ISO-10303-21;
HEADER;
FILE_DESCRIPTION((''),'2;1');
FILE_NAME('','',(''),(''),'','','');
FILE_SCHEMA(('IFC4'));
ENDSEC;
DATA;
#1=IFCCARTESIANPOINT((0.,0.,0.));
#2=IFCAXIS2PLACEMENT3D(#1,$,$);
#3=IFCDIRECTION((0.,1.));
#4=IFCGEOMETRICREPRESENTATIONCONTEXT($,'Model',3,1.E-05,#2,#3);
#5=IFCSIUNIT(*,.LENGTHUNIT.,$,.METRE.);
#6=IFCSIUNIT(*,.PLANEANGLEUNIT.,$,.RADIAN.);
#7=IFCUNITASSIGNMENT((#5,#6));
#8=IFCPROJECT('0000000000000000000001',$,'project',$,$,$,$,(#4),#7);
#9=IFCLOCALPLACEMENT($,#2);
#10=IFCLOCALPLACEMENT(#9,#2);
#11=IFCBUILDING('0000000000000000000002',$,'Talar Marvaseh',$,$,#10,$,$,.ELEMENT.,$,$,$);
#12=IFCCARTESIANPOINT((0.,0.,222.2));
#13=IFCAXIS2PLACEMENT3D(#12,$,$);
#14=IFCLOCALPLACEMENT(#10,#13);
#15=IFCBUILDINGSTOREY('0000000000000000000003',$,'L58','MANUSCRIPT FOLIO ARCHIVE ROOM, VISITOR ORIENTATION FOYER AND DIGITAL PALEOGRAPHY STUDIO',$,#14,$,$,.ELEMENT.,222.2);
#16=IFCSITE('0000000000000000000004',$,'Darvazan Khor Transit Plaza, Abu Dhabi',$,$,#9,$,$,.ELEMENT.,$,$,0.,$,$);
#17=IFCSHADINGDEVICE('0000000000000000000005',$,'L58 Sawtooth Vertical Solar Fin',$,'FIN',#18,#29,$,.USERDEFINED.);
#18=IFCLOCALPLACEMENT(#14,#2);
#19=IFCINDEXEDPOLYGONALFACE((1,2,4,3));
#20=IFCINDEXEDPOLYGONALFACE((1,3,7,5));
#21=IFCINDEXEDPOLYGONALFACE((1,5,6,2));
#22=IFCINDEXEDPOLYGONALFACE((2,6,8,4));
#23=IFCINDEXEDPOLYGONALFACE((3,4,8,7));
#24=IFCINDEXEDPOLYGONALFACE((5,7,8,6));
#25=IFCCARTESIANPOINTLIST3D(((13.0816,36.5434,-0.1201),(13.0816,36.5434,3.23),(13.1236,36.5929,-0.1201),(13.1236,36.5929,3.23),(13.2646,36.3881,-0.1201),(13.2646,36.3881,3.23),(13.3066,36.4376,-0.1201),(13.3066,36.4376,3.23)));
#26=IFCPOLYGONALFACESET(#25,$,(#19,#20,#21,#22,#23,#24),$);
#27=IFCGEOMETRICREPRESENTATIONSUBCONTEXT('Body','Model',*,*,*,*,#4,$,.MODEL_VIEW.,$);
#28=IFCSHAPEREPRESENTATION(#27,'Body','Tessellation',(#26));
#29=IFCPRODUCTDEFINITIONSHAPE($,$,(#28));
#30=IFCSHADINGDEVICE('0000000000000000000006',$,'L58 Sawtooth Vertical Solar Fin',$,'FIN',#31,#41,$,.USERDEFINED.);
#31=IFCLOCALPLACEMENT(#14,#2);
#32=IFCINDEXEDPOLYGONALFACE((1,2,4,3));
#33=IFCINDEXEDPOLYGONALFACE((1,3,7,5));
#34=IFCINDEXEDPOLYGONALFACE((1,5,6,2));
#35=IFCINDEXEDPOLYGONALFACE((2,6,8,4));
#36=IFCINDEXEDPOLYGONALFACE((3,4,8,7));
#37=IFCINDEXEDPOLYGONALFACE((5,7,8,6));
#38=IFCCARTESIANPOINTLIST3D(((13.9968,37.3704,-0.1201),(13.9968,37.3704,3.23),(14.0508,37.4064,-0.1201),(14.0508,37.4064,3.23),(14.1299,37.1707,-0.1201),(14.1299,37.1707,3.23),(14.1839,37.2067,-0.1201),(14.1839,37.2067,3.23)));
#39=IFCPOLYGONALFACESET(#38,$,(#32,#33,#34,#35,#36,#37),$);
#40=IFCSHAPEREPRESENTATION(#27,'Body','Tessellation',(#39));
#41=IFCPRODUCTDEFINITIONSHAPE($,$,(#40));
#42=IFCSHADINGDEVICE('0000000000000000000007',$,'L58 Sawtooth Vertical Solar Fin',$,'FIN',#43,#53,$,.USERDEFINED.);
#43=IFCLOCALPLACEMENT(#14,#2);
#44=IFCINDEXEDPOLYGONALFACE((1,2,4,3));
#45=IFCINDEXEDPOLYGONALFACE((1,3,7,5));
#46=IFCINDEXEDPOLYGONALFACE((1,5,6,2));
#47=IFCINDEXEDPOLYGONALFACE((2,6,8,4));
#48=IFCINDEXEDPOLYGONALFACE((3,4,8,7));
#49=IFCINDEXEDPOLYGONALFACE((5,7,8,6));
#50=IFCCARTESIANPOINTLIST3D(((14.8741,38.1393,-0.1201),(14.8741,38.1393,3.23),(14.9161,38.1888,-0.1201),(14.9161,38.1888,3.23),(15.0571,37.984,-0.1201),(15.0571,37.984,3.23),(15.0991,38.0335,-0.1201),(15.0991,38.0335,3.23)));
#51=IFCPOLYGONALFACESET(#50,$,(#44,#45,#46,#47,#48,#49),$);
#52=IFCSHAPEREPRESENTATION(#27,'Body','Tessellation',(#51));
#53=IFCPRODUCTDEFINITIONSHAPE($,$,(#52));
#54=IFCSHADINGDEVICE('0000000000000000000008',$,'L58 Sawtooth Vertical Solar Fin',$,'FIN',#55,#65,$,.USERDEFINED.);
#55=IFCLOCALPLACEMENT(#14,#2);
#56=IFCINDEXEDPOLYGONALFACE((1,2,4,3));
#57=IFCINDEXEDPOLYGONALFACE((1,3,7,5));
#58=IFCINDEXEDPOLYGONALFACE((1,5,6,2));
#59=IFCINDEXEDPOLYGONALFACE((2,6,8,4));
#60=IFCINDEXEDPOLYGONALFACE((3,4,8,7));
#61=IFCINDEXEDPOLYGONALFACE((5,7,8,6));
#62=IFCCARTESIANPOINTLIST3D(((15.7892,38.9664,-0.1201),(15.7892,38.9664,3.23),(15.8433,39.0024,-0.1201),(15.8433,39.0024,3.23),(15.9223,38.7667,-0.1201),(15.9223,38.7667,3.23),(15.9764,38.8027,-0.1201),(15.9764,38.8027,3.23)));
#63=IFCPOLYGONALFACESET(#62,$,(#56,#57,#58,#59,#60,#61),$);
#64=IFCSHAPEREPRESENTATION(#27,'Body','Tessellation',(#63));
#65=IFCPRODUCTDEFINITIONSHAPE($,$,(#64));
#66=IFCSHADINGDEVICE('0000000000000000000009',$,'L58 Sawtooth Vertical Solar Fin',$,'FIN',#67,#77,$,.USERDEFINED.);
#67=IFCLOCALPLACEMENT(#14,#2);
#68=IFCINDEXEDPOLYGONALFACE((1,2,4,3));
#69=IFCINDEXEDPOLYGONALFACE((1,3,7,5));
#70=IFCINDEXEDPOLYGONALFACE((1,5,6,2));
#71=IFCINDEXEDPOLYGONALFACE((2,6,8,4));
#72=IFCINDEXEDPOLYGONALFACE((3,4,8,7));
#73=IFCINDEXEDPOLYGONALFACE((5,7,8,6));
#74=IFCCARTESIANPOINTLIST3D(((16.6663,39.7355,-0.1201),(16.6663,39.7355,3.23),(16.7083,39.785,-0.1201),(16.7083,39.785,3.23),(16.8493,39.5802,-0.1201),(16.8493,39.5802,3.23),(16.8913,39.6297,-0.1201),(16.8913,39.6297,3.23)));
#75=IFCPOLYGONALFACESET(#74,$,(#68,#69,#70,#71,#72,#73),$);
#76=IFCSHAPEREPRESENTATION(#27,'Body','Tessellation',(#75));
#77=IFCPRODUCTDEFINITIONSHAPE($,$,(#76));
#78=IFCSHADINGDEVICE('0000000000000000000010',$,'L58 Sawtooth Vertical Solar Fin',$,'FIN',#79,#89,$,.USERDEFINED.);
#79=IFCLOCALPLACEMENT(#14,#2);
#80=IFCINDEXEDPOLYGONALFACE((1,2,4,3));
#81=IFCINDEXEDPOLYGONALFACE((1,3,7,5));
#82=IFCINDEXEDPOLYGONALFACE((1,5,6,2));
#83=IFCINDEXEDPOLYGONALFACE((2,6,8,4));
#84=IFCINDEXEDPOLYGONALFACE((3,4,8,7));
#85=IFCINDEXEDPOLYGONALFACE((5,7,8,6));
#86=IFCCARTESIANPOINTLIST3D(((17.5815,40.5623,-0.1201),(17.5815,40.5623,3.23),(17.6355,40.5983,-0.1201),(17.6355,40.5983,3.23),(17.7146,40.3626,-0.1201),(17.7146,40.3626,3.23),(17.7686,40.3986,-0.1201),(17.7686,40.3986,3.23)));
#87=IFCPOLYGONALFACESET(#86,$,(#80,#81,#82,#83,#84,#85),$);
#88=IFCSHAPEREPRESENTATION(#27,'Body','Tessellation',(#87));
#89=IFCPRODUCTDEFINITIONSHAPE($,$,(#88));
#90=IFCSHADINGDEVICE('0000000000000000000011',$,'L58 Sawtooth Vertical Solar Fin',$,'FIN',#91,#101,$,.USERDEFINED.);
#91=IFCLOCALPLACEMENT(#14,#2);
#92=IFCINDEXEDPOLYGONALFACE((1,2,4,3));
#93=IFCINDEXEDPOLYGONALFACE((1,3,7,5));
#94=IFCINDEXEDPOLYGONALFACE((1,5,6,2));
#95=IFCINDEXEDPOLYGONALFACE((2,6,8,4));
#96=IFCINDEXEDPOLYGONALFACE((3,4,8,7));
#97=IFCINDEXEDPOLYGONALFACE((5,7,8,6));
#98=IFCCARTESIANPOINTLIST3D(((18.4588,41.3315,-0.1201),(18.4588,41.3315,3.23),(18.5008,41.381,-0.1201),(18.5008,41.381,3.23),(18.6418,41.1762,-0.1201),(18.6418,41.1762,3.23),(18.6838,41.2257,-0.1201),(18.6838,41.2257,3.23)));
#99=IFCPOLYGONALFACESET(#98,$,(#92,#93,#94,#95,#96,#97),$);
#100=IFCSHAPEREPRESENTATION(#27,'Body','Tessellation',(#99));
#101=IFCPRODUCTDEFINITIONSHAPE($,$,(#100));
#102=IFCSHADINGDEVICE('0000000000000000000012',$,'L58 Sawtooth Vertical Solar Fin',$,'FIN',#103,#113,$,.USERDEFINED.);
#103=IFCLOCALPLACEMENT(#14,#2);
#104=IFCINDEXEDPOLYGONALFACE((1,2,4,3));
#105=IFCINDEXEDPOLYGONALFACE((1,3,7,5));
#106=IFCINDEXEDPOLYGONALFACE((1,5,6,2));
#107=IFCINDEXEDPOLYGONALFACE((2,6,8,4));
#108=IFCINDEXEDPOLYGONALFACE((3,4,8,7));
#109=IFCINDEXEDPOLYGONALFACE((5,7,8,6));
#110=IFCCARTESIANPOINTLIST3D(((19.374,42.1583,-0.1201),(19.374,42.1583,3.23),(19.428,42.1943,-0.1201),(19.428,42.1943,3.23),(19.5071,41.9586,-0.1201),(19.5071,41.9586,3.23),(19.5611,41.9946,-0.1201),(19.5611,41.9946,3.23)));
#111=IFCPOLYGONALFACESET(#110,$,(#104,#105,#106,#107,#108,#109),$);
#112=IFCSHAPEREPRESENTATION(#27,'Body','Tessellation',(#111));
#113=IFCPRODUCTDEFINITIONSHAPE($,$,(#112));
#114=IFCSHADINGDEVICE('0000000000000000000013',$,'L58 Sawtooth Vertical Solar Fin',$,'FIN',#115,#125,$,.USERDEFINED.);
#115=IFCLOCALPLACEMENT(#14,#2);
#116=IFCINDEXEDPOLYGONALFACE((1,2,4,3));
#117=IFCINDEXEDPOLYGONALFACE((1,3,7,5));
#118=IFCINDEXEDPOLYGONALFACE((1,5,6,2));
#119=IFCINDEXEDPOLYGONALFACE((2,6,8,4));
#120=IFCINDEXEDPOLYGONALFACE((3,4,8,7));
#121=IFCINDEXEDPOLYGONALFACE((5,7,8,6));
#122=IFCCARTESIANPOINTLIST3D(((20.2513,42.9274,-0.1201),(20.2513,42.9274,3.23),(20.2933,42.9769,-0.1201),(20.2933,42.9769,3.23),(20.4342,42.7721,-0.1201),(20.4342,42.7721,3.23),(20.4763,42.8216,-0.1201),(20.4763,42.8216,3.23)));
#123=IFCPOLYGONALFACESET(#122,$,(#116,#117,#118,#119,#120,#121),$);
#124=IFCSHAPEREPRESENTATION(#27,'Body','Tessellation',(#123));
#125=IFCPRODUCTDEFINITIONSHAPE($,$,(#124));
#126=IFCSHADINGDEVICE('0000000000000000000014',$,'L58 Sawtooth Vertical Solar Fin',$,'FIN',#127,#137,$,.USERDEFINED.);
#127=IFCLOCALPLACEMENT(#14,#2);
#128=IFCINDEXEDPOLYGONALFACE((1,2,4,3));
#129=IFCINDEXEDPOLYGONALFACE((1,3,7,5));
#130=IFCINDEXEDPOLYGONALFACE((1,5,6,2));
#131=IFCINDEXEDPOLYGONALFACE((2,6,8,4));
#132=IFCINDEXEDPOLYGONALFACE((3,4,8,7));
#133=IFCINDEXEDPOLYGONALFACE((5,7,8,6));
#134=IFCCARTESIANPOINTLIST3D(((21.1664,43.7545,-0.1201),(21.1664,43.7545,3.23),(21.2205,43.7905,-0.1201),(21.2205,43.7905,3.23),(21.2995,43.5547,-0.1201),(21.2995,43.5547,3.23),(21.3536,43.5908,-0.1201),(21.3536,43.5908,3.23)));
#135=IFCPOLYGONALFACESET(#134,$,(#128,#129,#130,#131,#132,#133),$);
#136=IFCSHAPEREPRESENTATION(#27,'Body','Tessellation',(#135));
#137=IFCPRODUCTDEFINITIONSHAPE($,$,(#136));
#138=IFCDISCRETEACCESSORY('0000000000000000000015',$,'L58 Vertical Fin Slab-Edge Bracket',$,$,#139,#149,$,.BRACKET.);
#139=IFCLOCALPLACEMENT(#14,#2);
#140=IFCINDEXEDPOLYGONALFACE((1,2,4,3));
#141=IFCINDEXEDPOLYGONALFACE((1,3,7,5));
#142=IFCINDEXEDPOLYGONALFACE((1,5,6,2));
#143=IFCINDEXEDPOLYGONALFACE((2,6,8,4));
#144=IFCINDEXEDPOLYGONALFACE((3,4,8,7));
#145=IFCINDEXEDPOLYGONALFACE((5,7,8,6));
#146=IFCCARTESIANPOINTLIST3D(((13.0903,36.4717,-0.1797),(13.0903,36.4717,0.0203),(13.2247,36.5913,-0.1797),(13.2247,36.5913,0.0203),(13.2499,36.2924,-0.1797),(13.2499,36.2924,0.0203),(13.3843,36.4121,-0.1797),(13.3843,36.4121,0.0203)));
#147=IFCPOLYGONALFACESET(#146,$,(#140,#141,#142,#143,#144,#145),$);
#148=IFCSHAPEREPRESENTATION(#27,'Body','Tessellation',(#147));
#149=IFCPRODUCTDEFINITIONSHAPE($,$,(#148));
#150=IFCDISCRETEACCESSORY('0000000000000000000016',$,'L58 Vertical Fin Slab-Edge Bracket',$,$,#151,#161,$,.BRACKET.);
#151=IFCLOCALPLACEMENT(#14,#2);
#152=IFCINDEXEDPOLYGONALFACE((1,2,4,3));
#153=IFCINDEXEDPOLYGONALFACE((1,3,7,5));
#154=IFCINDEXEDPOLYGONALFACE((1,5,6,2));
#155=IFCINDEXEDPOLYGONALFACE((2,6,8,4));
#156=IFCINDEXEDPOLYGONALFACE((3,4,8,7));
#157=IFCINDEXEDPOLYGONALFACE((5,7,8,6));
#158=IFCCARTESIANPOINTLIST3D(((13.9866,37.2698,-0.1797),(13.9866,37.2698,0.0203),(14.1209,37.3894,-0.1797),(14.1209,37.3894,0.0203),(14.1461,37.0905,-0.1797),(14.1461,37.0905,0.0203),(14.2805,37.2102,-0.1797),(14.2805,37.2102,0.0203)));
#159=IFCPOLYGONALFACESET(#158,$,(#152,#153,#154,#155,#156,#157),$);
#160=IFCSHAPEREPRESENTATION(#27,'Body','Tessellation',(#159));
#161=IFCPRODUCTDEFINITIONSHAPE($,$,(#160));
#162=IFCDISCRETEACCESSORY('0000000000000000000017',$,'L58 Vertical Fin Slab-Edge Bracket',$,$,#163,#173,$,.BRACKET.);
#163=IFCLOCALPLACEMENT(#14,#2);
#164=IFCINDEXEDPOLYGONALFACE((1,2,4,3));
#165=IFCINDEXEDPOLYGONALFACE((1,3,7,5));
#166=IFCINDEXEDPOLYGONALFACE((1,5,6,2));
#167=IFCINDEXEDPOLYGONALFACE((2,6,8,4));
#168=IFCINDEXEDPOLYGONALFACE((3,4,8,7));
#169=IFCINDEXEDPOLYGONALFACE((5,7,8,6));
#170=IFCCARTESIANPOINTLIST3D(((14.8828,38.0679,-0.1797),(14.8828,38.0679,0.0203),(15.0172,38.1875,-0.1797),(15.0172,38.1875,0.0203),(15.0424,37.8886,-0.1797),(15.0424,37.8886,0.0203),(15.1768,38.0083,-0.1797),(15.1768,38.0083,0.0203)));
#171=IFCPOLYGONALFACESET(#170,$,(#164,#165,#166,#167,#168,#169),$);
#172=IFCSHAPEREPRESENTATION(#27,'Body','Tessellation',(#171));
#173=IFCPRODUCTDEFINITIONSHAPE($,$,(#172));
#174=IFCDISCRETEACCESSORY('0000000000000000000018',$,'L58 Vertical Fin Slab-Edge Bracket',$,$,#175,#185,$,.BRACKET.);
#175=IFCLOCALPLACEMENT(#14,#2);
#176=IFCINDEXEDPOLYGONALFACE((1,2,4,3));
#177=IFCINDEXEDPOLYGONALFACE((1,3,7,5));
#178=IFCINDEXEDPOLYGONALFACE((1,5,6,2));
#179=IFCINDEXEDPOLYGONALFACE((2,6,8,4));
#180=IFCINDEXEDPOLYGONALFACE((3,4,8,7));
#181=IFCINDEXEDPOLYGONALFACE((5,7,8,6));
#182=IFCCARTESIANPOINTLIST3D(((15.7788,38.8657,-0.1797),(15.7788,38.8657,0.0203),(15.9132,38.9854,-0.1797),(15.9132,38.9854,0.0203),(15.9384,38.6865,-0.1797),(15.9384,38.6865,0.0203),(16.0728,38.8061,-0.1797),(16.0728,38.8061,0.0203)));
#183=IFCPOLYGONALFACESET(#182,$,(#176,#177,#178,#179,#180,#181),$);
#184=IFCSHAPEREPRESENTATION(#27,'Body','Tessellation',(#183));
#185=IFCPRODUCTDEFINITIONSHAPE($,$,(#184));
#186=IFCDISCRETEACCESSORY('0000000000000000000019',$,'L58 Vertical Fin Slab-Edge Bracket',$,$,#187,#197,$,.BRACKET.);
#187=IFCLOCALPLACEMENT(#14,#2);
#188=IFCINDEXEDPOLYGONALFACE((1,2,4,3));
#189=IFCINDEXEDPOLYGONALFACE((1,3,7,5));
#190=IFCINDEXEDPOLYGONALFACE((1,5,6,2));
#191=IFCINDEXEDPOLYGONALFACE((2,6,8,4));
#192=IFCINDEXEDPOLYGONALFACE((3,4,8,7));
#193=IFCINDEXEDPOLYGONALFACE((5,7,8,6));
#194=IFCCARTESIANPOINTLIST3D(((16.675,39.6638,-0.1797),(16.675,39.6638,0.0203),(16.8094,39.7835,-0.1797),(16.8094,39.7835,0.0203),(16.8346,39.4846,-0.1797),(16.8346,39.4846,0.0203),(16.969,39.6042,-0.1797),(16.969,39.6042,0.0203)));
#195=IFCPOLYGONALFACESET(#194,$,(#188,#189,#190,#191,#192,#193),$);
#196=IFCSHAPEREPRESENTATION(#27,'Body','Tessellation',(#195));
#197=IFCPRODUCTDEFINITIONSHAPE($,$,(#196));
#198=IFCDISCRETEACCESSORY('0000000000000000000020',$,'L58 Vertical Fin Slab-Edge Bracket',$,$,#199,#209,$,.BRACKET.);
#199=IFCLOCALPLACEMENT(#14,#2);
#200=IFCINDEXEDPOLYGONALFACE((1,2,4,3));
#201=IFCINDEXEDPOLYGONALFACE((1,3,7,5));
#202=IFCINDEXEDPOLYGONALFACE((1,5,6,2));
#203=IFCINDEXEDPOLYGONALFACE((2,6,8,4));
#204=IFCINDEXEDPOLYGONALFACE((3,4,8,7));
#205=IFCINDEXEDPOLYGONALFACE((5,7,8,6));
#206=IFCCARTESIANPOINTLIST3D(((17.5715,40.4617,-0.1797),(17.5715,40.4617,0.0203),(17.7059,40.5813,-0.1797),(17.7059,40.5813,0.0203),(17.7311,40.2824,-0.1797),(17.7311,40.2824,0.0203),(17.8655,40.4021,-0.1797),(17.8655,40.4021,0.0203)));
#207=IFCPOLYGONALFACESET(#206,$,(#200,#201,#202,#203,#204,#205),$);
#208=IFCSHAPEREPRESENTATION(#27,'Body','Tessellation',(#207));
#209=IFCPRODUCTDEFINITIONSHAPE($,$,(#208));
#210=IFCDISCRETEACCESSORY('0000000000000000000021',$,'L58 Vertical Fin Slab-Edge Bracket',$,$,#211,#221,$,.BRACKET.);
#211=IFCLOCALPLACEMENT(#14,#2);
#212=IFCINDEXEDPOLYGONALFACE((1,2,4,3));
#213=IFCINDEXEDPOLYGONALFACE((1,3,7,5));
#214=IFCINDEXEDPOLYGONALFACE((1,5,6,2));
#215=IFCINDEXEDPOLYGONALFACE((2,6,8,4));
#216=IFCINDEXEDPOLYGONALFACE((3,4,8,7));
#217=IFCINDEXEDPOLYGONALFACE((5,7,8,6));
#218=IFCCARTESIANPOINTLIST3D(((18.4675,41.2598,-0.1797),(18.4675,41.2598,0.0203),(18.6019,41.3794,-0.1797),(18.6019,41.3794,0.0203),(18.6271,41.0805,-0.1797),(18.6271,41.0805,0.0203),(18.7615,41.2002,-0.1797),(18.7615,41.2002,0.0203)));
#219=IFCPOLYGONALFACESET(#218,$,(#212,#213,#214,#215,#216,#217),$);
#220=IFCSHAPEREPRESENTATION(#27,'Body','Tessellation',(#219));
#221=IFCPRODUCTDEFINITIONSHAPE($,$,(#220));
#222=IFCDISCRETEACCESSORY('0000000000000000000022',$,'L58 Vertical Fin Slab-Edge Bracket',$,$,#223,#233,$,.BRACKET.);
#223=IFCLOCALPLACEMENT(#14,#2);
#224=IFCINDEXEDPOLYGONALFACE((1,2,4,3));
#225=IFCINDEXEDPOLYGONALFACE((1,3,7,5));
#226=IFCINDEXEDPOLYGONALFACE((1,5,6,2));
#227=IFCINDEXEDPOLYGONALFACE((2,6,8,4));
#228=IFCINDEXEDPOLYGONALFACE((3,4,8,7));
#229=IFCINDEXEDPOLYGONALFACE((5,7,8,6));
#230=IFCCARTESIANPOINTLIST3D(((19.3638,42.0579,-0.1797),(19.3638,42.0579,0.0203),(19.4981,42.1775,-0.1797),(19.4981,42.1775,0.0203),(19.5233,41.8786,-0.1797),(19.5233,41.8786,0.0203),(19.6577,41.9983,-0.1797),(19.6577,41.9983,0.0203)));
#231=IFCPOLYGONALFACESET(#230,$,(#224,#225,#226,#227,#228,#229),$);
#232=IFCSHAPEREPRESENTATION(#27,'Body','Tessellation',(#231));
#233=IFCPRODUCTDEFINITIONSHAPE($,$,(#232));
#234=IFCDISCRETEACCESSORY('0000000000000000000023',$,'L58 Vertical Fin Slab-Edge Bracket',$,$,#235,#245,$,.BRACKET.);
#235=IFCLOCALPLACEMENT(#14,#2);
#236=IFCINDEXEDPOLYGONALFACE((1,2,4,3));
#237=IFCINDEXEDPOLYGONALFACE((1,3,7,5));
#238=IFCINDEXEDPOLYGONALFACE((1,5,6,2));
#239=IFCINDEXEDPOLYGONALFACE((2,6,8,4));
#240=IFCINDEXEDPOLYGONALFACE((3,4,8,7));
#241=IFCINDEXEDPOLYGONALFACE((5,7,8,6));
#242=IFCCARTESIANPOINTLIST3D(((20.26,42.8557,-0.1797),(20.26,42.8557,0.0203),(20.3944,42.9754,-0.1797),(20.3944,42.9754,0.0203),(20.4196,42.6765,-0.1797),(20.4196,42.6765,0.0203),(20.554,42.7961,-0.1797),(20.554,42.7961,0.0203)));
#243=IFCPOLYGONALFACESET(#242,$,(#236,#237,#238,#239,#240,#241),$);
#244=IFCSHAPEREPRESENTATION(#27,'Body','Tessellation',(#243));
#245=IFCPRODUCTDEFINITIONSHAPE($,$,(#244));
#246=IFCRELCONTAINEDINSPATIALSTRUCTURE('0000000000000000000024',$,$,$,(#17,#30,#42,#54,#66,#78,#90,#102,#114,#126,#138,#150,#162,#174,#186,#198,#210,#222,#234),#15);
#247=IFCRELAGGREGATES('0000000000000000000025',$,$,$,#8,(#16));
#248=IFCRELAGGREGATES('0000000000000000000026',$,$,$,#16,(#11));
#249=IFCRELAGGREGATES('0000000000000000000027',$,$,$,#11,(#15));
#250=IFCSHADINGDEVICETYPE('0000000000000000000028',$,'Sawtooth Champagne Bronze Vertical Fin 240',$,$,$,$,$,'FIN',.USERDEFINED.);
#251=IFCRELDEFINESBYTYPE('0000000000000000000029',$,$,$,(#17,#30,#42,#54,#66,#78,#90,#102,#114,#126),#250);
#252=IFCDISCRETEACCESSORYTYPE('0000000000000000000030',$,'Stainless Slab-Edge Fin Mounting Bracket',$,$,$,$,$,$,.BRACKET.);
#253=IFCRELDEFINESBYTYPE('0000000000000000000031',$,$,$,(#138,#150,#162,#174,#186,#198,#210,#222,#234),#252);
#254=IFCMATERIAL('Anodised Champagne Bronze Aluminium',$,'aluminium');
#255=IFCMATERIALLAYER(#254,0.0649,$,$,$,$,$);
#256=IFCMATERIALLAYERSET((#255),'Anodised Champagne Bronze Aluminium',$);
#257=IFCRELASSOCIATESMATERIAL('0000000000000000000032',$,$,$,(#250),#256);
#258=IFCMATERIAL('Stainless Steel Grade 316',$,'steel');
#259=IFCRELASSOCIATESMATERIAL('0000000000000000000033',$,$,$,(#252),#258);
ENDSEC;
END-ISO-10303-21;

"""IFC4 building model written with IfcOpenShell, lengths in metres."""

from ifc_helpers import new_model, si_unit, direction, frame, origin, origin_2d, place, context, subcontext, project, spatial, rectangle, extrude, source, transform, mapped, material, layer, layer_set, type_object, type_shapes, element, save


model = new_model("IFC4")

# Units and contexts
model_context = context("Model", 3, precision=1e-05, world=origin(), true_north=direction((0.0, 1.0)))
body_context = subcontext(model_context, "Body", "Model", "MODEL_VIEW")
ifc_project = project(units=[si_unit("LENGTHUNIT", "METRE"), si_unit("PLANEANGLEUNIT", "RADIAN")], contexts=[model_context])

# Site, building, storey
site_placement = place(None, origin())
site = spatial("IfcSite", under=ifc_project, at=site_placement, Name="Darvazan Khor Transit Plaza, Abu Dhabi", CompositionType="ELEMENT", RefElevation=0.0)
building_placement = place(site_placement, origin())
building = spatial("IfcBuilding", under=site, at=building_placement, Name="Talar Marvaseh", CompositionType="ELEMENT")
storey_placement = place(building_placement, frame((0.0, 0.0, 222.2)))
storey = spatial("IfcBuildingStorey", under=building, at=storey_placement, Name="L58", Description="MANUSCRIPT FOLIO ARCHIVE ROOM, VISITOR ORIENTATION FOYER AND DIGITAL PALEOGRAPHY STUDIO", CompositionType="ELEMENT", Elevation=222.2)

# Shading devices
ifc_material_1 = material(Name="Anodised Champagne Bronze Aluminium", Category="aluminium")
ifc_layer_1 = layer(ifc_material_1, 0.0649)
ifc_layer_set_1 = layer_set([ifc_layer_1], Name="Anodised Champagne Bronze Aluminium")
shading_device_type = type_object("IfcShadingDeviceType", Name="Sawtooth Champagne Bronze Vertical Fin 240", ElementType="FIN", PredefinedType="USERDEFINED", material=ifc_layer_set_1)
shared_shape_1 = source(origin(), body_context, "Body", "SweptSolid", [
    extrude(rectangle(XDim=0.24, YDim=0.0649, at=origin_2d()), origin(), (0.0, 0.0, 1.0), 3.3501),
])
type_shapes(shading_device_type, [shared_shape_1])
for number, where, z_axis, x_axis, name in (
    (1, (13.1941, 36.4905, -0.1201), (0.0, 0.0, 1.0), (-0.762443, 0.647056, 0.0), "L58 Sawtooth Vertical Solar Fin"),
    (2, (14.0903, 37.2886, -0.1201), (0.0, 0.0, 1.0), (-0.554554, 0.832148, 0.0), "L58 Sawtooth Vertical Solar Fin"),
    (3, (14.9866, 38.0864, -0.1201), (0.0, 0.0, 1.0), (-0.762443, 0.647056, 0.0), "L58 Sawtooth Vertical Solar Fin"),
    (4, (15.8828, 38.8845, -0.1201), (0.0, 0.0, 1.0), (-0.554554, 0.832148, 0.0), "L58 Sawtooth Vertical Solar Fin"),
    (5, (16.7788, 39.6826, -0.1201), (0.0, 0.0, 1.0), (-0.762443, 0.647056, 0.0), "L58 Sawtooth Vertical Solar Fin"),
    (6, (17.675, 40.4805, -0.1201), (0.0, 0.0, 1.0), (-0.554554, 0.832148, 0.0), "L58 Sawtooth Vertical Solar Fin"),
    (7, (18.5713, 41.2786, -0.1201), (0.0, 0.0, 1.0), (-0.762443, 0.647056, 0.0), "L58 Sawtooth Vertical Solar Fin"),
    (8, (19.4675, 42.0764, -0.1201), (0.0, 0.0, 1.0), (-0.554554, 0.832148, 0.0), "L58 Sawtooth Vertical Solar Fin"),
    (9, (20.3638, 42.8745, -0.1201), (0.0, 0.0, 1.0), (-0.762443, 0.647056, 0.0), "L58 Sawtooth Vertical Solar Fin"),
    (10, (21.26, 43.6726, -0.1201), (0.0, 0.0, 1.0), (-0.554554, 0.832148, 0.0), "L58 Sawtooth Vertical Solar Fin"),
):
    element("IfcShadingDevice", number, at=place(storey_placement, frame(where, z_axis=z_axis, x_axis=x_axis)), inside=storey, type_object=shading_device_type, Name=name, ObjectType="FIN", PredefinedType="USERDEFINED", context=body_context, shape_type="MappedRepresentation", body=[
        mapped(shared_shape_1, transform((0.0, 0.0, 0.0), x_axis=(1.0, 0.0, 0.0), y_axis=(0.0, 1.0, 0.0), z_axis=(0.0, 0.0, 1.0), scale=1.0)),
    ])

# Discrete accessories
ifc_material_2 = material(Name="Stainless Steel Grade 316", Category="steel")
discrete_accessory_type = type_object("IfcDiscreteAccessoryType", Name="Stainless Slab-Edge Fin Mounting Bracket", PredefinedType="BRACKET", material=ifc_material_2)
shared_shape_2 = source(origin(), body_context, "Body", "SweptSolid", [
    extrude(rectangle(XDim=0.24, YDim=0.1799, at=origin_2d()), origin(), (0.0, 0.0, 1.0), 0.2),
])
type_shapes(discrete_accessory_type, [shared_shape_2])
for number, where, z_axis, x_axis, name in (
    (11, (13.2373, 36.4419, -0.1797), (0.0, 0.0, 1.0), (-0.66497, 0.74687, 0.0), "L58 Vertical Fin Slab-Edge Bracket"),
    (12, (14.1335, 37.24, -0.1797), (0.0, 0.0, 1.0), (-0.66497, 0.74687, 0.0), "L58 Vertical Fin Slab-Edge Bracket"),
    (13, (15.0298, 38.0381, -0.1797), (0.0, 0.0, 1.0), (-0.66497, 0.74687, 0.0), "L58 Vertical Fin Slab-Edge Bracket"),
    (14, (15.9258, 38.8359, -0.1797), (0.0, 0.0, 1.0), (-0.66497, 0.74687, 0.0), "L58 Vertical Fin Slab-Edge Bracket"),
    (15, (16.822, 39.634, -0.1797), (0.0, 0.0, 1.0), (-0.66497, 0.74687, 0.0), "L58 Vertical Fin Slab-Edge Bracket"),
    (16, (17.7185, 40.4319, -0.1797), (0.0, 0.0, 1.0), (-0.66497, 0.74687, 0.0), "L58 Vertical Fin Slab-Edge Bracket"),
    (17, (18.6145, 41.23, -0.1797), (0.0, 0.0, 1.0), (-0.66497, 0.74687, 0.0), "L58 Vertical Fin Slab-Edge Bracket"),
    (18, (19.5107, 42.0281, -0.1797), (0.0, 0.0, 1.0), (-0.66497, 0.74687, 0.0), "L58 Vertical Fin Slab-Edge Bracket"),
    (19, (20.407, 42.8259, -0.1797), (0.0, 0.0, 1.0), (-0.66497, 0.74687, 0.0), "L58 Vertical Fin Slab-Edge Bracket"),
):
    element("IfcDiscreteAccessory", number, at=place(storey_placement, frame(where, z_axis=z_axis, x_axis=x_axis)), inside=storey, type_object=discrete_accessory_type, Name=name, PredefinedType="BRACKET", context=body_context, shape_type="MappedRepresentation", body=[
        mapped(shared_shape_2, transform((0.0, 0.0, 0.0), x_axis=(1.0, 0.0, 0.0), y_axis=(0.0, 1.0, 0.0), z_axis=(0.0, 0.0, 1.0), scale=1.0)),
    ])

save(model, "model.ifc")
